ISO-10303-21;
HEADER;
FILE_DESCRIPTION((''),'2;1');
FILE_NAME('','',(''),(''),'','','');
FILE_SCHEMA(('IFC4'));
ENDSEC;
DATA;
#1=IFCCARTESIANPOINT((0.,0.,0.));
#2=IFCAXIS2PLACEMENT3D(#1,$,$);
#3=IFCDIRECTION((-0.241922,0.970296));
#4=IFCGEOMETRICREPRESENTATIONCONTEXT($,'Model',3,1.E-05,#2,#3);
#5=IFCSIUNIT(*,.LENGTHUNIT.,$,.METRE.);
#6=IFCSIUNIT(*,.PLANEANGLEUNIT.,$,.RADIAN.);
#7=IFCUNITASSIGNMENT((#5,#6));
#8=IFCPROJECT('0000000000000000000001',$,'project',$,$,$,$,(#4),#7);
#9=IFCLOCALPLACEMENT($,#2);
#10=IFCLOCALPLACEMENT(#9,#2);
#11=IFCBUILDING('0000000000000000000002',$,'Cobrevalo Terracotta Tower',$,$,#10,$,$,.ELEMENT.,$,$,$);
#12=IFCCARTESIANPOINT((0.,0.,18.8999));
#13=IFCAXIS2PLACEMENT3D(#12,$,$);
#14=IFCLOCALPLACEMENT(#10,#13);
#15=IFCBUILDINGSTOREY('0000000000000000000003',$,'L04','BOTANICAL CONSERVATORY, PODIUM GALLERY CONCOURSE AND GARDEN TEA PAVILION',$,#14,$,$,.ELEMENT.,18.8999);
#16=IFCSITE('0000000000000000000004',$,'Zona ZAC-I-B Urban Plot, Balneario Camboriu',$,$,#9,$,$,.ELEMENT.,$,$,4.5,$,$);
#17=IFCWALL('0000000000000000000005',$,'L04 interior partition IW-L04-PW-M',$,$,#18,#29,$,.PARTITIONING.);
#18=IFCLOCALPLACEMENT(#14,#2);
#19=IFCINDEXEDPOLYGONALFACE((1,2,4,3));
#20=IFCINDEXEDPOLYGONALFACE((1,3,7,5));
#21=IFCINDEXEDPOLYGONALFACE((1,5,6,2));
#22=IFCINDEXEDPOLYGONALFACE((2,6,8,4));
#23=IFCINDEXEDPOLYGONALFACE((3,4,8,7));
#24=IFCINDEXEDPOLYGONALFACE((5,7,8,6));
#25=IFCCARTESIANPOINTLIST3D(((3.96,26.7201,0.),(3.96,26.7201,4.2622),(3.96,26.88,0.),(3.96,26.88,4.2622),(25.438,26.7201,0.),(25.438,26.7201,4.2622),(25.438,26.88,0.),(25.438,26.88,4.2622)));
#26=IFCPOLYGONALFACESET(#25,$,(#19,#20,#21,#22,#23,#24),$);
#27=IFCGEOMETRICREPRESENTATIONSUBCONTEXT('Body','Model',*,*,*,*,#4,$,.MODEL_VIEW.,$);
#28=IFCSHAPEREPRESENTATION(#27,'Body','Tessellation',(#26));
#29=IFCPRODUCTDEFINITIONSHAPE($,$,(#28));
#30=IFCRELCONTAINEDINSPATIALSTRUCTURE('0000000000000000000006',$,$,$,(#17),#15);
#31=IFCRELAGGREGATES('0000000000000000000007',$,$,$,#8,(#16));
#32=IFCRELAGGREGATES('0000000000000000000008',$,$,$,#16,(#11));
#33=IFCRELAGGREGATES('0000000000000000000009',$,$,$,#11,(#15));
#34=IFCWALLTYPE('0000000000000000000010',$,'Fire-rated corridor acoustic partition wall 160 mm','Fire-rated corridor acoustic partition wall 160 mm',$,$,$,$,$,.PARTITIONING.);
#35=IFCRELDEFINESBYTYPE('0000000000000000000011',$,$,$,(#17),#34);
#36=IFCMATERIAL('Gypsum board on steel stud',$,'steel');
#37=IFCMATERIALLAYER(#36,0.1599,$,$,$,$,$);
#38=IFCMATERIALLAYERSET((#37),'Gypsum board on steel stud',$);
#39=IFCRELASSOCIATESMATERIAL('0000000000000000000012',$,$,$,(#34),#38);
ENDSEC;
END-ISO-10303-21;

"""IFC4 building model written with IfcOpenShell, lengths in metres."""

from ifc_helpers import new_model, si_unit, direction, frame, frame_2d, origin, place, context, subcontext, project, spatial, rectangle, extrude, material, layer, layer_set, type_object, element, save


model = new_model("IFC4")

# Units and contexts
model_context = context("Model", 3, precision=1e-05, world=origin(), true_north=direction((-0.241922, 0.970296)))
body_context = subcontext(model_context, "Body", "Model", "MODEL_VIEW")
ifc_project = project(units=[si_unit("LENGTHUNIT", "METRE"), si_unit("PLANEANGLEUNIT", "RADIAN")], contexts=[model_context])

# Site, building, storey
site_placement = place(None, origin())
site = spatial("IfcSite", under=ifc_project, at=site_placement, Name="Zona ZAC-I-B Urban Plot, Balneario Camboriu", CompositionType="ELEMENT", RefElevation=4.5)
building_placement = place(site_placement, origin())
building = spatial("IfcBuilding", under=site, at=building_placement, Name="Cobrevalo Terracotta Tower", CompositionType="ELEMENT")
storey_placement = place(building_placement, frame((0.0, 0.0, 18.8999)))
storey = spatial("IfcBuildingStorey", under=building, at=storey_placement, Name="L04", Description="BOTANICAL CONSERVATORY, PODIUM GALLERY CONCOURSE AND GARDEN TEA PAVILION", CompositionType="ELEMENT", Elevation=18.8999)

# Shared definitions
ifc_material_1 = material(Name="Gypsum board on steel stud", Category="steel")
ifc_layer = layer(ifc_material_1, 0.1599)
ifc_layer_set = layer_set([ifc_layer], Name="Gypsum board on steel stud")
wall_type = type_object("IfcWallType", Name="Fire-rated corridor acoustic partition wall 160 mm", Description="Fire-rated corridor acoustic partition wall 160 mm", PredefinedType="PARTITIONING", material=ifc_layer_set)

# Wall
wall_1_placement = place(storey_placement, frame((3.96, 26.8, 0.0), z_axis=(0.0, 0.0, 1.0), x_axis=(1.0, 0.0, 0.0)))
element("IfcWall", 1, at=wall_1_placement, inside=storey, type_object=wall_type, Name="L04 interior partition IW-L04-PW-M", PredefinedType="PARTITIONING", context=body_context, shape_type="SweptSolid", body=[
    extrude(rectangle(XDim=21.478, YDim=0.1599, at=frame_2d((10.739, 0.0))), origin(), (0.0, 0.0, 1.0), 4.2622),
])

save(model, "model.ifc")
